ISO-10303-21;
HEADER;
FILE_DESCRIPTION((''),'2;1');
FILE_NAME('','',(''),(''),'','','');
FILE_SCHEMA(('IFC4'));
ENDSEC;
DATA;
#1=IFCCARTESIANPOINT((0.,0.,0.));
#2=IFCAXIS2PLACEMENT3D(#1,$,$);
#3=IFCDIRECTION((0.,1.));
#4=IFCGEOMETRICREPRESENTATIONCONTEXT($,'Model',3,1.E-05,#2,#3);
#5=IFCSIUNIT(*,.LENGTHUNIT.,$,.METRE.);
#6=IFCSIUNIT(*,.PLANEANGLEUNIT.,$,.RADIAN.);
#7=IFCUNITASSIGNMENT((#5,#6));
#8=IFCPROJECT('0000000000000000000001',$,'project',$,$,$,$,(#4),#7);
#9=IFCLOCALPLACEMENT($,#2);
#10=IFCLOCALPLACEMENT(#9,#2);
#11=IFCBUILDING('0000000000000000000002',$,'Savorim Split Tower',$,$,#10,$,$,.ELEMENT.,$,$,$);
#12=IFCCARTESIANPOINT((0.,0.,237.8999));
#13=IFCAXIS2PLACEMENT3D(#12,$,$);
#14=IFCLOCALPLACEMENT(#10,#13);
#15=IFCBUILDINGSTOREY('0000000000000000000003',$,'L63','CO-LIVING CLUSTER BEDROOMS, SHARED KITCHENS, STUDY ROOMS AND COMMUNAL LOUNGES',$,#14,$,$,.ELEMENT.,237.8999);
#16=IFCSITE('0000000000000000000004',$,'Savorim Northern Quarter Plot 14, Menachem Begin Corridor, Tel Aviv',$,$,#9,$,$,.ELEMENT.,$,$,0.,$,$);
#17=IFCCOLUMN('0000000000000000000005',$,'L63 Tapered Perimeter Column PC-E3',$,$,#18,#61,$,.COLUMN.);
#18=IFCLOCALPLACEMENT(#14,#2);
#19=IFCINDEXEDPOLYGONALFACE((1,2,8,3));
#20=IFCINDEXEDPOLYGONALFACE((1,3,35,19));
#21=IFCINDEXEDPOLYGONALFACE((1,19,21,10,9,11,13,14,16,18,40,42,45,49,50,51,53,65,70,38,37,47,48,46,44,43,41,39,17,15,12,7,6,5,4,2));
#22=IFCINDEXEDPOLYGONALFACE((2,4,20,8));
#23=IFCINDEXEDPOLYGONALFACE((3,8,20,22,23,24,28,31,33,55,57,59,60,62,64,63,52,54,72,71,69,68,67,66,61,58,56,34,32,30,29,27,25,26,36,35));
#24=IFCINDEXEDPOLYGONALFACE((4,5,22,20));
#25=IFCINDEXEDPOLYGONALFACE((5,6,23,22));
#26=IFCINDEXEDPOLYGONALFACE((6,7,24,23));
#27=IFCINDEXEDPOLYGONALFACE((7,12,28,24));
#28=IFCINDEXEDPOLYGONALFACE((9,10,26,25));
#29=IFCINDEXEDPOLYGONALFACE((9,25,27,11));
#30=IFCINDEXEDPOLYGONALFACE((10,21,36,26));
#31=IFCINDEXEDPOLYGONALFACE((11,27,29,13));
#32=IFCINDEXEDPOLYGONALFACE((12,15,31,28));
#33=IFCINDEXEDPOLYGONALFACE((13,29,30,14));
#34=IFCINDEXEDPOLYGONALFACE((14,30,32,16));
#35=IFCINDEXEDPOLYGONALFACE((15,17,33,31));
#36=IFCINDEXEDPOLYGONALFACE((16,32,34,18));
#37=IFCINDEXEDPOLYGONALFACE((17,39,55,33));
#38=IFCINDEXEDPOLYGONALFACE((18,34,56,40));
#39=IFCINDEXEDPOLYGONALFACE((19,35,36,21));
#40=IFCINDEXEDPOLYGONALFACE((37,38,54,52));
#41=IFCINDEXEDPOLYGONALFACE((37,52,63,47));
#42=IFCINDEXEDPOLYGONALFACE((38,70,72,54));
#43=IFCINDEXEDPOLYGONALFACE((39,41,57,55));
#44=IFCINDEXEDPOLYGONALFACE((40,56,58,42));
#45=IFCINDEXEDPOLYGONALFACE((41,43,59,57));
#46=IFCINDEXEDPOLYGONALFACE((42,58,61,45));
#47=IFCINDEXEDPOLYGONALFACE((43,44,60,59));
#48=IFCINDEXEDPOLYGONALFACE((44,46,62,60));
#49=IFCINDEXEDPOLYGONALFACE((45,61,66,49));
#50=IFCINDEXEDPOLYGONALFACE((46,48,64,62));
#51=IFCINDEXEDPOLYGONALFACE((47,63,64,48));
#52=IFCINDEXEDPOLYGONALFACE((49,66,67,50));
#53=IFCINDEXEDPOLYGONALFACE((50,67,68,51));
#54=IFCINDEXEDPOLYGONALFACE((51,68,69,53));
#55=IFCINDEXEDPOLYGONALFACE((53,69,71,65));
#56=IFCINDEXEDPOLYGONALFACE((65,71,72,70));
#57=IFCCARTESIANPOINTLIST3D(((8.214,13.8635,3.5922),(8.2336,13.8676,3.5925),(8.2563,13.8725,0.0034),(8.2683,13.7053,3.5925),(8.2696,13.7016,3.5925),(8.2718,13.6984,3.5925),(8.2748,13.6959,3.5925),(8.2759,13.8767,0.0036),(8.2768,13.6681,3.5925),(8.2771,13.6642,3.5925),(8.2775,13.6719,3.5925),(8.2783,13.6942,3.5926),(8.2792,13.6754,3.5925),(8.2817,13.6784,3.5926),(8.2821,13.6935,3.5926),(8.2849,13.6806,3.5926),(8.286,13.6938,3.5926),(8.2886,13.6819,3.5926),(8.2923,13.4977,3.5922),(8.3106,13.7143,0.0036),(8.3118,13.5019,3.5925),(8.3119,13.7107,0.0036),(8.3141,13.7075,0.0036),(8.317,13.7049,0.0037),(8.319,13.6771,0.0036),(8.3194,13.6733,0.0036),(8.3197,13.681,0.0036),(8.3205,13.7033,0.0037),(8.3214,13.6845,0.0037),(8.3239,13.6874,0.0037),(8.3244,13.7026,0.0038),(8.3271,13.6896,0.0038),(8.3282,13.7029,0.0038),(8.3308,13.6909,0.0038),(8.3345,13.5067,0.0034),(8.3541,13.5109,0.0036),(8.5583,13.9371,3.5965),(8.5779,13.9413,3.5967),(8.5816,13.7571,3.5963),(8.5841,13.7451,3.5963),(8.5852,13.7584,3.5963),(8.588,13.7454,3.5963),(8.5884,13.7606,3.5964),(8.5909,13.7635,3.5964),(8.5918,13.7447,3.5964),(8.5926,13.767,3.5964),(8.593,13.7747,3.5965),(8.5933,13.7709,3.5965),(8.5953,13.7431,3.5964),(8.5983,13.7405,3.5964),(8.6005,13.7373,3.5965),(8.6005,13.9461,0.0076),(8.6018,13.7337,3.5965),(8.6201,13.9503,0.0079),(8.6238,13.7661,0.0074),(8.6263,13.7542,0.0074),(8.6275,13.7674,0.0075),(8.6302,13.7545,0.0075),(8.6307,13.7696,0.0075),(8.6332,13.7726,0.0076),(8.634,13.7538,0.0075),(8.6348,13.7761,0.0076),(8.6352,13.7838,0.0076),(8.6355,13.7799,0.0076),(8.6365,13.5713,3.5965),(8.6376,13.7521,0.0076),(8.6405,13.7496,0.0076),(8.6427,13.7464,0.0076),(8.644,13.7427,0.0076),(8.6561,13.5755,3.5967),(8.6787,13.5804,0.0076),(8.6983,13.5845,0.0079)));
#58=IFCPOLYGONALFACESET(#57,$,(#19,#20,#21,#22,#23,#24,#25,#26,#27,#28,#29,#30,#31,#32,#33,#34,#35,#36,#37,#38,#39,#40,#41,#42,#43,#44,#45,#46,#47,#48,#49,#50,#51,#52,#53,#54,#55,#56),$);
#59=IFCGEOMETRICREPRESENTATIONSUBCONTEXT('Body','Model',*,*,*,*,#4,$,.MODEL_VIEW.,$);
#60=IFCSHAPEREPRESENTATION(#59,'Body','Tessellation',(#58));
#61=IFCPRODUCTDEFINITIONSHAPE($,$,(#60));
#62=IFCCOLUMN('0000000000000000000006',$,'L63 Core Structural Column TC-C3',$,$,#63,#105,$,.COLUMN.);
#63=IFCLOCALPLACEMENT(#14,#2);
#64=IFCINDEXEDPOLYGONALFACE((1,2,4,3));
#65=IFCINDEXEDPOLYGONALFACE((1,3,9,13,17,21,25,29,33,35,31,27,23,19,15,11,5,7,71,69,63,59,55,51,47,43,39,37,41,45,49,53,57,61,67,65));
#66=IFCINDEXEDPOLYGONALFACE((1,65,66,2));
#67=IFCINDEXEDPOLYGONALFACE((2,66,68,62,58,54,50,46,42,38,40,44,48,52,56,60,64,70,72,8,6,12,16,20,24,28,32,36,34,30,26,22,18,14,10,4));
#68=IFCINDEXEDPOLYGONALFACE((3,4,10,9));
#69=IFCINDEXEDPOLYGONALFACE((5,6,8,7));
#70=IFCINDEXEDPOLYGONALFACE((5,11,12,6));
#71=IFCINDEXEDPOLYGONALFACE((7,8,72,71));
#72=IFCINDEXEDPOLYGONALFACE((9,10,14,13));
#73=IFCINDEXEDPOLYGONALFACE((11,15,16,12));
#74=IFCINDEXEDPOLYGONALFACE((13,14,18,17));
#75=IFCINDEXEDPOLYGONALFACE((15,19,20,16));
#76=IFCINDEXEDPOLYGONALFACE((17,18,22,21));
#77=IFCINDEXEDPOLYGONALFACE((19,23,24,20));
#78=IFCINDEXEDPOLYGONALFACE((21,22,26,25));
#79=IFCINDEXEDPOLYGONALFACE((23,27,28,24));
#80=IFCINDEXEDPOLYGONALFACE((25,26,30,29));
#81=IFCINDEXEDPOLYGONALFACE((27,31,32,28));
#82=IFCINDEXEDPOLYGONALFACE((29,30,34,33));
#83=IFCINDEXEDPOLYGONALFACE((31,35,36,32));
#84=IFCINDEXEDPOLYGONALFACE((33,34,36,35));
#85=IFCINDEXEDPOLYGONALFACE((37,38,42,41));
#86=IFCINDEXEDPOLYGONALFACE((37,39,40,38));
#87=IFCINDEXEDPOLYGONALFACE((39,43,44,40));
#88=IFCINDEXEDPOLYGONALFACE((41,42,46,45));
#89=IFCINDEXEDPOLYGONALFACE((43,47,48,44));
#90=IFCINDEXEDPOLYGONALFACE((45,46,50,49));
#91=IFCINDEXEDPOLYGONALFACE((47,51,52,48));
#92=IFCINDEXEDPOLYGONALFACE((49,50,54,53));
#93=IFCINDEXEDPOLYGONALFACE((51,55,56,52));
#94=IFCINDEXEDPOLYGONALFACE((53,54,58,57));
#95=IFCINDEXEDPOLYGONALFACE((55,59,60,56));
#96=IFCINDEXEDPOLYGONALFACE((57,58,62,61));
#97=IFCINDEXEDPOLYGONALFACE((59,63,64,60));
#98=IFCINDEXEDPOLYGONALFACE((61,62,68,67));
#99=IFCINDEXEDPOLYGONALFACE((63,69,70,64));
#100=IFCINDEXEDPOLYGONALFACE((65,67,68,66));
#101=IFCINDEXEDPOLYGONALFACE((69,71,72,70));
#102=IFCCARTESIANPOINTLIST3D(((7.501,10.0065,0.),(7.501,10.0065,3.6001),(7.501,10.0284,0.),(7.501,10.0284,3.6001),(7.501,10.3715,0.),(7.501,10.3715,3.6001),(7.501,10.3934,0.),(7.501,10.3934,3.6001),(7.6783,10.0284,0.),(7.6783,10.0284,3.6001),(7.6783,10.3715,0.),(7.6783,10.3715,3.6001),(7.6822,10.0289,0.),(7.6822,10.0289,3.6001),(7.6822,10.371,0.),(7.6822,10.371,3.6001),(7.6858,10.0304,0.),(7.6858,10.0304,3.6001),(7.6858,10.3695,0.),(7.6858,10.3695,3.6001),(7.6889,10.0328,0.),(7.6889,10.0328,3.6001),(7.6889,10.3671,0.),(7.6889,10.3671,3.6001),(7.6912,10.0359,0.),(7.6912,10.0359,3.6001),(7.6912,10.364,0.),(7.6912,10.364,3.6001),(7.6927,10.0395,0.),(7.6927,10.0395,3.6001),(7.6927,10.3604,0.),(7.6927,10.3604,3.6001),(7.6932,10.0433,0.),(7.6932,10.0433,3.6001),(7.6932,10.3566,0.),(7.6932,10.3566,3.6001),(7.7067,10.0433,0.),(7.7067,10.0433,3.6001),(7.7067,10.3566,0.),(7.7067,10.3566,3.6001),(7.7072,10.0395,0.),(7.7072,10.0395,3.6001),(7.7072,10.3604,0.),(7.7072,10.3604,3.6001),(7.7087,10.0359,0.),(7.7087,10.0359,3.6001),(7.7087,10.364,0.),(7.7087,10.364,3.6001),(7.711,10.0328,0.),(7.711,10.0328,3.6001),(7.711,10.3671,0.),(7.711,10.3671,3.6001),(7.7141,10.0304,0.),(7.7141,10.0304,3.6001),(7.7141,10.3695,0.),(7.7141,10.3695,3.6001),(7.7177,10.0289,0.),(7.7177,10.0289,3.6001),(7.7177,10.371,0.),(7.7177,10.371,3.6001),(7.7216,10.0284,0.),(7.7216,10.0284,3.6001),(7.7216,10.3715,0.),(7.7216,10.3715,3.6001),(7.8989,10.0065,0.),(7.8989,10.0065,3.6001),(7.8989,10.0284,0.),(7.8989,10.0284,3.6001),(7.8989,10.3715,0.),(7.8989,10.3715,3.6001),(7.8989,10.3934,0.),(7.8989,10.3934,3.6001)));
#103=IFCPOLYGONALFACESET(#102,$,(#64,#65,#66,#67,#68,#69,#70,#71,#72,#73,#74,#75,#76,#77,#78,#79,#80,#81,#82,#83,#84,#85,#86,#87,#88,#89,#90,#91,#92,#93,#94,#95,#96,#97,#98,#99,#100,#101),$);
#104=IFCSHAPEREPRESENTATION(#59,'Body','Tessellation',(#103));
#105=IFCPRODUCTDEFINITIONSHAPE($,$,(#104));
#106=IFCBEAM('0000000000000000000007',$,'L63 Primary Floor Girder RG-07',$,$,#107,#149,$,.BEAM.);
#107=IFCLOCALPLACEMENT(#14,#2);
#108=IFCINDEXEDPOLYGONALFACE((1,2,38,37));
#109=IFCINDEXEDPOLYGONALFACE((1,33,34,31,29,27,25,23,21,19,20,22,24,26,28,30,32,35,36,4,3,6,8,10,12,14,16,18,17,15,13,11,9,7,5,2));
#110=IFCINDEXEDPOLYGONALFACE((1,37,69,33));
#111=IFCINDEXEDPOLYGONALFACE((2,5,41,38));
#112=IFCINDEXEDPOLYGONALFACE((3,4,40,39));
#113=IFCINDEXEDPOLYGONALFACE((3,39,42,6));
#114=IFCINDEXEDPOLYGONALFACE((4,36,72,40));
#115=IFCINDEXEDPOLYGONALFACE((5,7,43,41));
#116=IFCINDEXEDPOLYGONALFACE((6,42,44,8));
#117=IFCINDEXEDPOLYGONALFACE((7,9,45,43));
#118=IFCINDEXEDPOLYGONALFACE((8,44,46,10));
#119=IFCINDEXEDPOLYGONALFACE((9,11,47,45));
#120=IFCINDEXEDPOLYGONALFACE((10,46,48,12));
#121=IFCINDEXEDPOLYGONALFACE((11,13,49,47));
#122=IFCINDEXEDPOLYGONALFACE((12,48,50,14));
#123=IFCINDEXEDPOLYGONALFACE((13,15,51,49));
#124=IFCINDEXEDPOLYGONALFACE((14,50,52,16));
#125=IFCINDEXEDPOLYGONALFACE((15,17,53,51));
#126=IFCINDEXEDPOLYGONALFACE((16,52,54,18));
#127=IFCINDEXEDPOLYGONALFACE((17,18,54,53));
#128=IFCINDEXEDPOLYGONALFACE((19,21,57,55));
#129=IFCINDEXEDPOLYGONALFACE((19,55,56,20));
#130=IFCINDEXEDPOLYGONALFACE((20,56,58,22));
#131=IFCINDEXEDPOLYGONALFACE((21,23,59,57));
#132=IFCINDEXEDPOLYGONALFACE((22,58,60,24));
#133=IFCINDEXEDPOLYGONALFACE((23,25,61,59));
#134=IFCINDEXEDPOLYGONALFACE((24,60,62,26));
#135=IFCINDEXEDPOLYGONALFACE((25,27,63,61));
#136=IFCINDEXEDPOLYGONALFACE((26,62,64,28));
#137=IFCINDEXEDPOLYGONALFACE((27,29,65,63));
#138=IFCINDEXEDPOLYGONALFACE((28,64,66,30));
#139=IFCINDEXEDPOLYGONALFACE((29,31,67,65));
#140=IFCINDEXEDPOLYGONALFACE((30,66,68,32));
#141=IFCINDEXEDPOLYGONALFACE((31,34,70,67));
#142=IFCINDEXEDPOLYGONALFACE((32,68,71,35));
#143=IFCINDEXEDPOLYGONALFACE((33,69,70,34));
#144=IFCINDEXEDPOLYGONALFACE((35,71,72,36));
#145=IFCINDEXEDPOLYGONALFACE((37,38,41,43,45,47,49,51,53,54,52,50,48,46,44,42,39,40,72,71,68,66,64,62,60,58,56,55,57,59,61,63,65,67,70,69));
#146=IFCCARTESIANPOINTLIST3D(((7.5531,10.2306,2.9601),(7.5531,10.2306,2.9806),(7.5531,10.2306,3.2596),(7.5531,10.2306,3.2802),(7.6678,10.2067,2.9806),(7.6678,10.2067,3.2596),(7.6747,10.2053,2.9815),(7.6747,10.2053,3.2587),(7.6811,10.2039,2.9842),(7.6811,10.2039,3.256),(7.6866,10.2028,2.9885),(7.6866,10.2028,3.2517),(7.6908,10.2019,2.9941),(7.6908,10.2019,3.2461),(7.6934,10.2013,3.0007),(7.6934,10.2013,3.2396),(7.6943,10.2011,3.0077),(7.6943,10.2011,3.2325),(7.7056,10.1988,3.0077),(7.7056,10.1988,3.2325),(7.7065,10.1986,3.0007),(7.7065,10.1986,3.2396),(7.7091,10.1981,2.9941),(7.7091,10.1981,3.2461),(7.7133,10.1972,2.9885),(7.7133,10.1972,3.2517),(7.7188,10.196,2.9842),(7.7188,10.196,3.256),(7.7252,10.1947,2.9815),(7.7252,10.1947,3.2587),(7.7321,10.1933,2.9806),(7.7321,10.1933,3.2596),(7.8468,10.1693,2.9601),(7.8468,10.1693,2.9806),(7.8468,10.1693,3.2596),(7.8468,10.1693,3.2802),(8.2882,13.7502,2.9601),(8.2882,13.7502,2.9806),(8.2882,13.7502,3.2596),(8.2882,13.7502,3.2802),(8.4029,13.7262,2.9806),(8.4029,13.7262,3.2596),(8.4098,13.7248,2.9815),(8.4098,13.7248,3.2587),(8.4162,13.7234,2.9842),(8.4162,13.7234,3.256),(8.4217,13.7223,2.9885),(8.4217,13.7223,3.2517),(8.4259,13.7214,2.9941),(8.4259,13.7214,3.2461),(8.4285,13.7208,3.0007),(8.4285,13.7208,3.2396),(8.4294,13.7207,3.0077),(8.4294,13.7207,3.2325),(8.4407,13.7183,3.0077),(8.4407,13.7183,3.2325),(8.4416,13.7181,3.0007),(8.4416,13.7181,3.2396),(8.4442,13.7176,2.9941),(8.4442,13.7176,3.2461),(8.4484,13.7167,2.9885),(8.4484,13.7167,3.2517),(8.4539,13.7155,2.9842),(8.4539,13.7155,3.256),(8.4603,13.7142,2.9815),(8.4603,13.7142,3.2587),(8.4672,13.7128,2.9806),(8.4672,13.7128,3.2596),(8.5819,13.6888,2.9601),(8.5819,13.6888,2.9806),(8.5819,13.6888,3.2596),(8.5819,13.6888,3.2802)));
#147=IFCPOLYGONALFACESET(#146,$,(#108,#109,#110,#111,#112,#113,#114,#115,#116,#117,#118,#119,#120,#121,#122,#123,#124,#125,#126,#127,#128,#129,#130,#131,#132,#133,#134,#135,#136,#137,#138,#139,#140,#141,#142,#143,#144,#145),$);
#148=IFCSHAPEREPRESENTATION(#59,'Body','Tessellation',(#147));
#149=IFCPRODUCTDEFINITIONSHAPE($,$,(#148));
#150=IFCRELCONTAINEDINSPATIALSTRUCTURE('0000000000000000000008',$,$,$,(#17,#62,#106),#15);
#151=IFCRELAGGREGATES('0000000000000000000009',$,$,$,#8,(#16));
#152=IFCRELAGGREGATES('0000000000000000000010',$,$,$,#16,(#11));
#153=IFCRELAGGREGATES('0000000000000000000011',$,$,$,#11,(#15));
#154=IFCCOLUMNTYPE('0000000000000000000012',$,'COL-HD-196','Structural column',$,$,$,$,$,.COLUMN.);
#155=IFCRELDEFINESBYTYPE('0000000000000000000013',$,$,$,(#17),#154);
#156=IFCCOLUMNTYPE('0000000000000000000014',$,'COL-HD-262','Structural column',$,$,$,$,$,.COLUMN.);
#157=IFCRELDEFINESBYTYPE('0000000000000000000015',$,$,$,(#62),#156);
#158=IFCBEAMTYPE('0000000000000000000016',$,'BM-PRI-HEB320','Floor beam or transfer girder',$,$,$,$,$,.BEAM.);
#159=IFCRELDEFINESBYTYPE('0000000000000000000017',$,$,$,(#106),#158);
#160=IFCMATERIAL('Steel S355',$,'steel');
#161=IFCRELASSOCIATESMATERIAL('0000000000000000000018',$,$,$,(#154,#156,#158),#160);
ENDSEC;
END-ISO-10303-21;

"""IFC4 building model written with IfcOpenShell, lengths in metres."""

from ifc_helpers import new_model, si_unit, direction, frame, origin, origin_2d, place, context, subcontext, project, spatial, i_section, extrude, material, material_profile, profile_set, type_object, element, save


model = new_model("IFC4")

# Units and contexts
model_context = context("Model", 3, precision=1e-05, world=origin(), true_north=direction((0.0, 1.0)))
body_context = subcontext(model_context, "Body", "Model", "MODEL_VIEW")
ifc_project = project(units=[si_unit("LENGTHUNIT", "METRE"), si_unit("PLANEANGLEUNIT", "RADIAN")], contexts=[model_context])

# Site, building, storey
site_placement = place(None, origin())
site = spatial("IfcSite", under=ifc_project, at=site_placement, Name="Savorim Northern Quarter Plot 14, Menachem Begin Corridor, Tel Aviv", CompositionType="ELEMENT", RefElevation=0.0)
building_placement = place(site_placement, origin())
building = spatial("IfcBuilding", under=site, at=building_placement, Name="Savorim Split Tower", CompositionType="ELEMENT")
storey_placement = place(building_placement, frame((0.0, 0.0, 237.8999)))
storey = spatial("IfcBuildingStorey", under=building, at=storey_placement, Name="L63", Description="CO-LIVING CLUSTER BEDROOMS, SHARED KITCHENS, STUDY ROOMS AND COMMUNAL LOUNGES", CompositionType="ELEMENT", Elevation=237.8999)

# Columns
ifc_material_1 = material(Name="Steel S355", Category="steel")
ifc_material_profile_1 = material_profile(ifc_material_1, i_section(OverallWidth=0.374, OverallDepth=0.3721, WebThickness=0.0122, FlangeThickness=0.02, FilletRadius=0.0149, at=origin_2d()), Name="HD 360x196")
ifc_profile_set_1 = profile_set([ifc_material_profile_1], Name="Steel S355")
column_type_1 = type_object("IfcColumnType", Name="COL-HD-196", Description="Structural column", PredefinedType="COLUMN", material=ifc_profile_set_1)
column_1_placement = place(storey_placement, frame((8.4773, 13.7285, 0.0056), z_axis=(-0.011768, -0.002517, 0.999928), x_axis=(0.209143, -0.977885, 0.0)))
element("IfcColumn", 1, at=column_1_placement, inside=storey, type_object=column_type_1, Name="L63 Tapered Perimeter Column PC-E3", PredefinedType="COLUMN", context=body_context, shape_type="SweptSolid", body=[
    extrude(i_section(OverallWidth=0.374, OverallDepth=0.3721, WebThickness=0.0122, FlangeThickness=0.02, FilletRadius=0.0149, at=origin_2d()), origin(), (0.0, 0.0, 1.0), 3.5891),
])
ifc_material_profile_2 = material_profile(ifc_material_1, i_section(OverallWidth=0.3979, OverallDepth=0.387, WebThickness=0.0134, FlangeThickness=0.022, FilletRadius=0.0149, at=origin_2d()), Name="HD 400x262")
ifc_profile_set_2 = profile_set([ifc_material_profile_2], Name="Steel S355")
column_type_2 = type_object("IfcColumnType", Name="COL-HD-262", Description="Structural column", PredefinedType="COLUMN", material=ifc_profile_set_2)
column_2_placement = place(storey_placement, frame((7.7, 10.2, 0.0), z_axis=(0.0, 0.0, 1.0), x_axis=(1.0, 0.0, 0.0)))
element("IfcColumn", 2, at=column_2_placement, inside=storey, type_object=column_type_2, Name="L63 Core Structural Column TC-C3", PredefinedType="COLUMN", context=body_context, shape_type="SweptSolid", body=[
    extrude(i_section(OverallWidth=0.3979, OverallDepth=0.387, WebThickness=0.0134, FlangeThickness=0.022, FilletRadius=0.0149, at=origin_2d()), origin(), (0.0, 0.0, 1.0), 3.6001),
])

# Beam
ifc_material_profile_3 = material_profile(ifc_material_1, i_section(OverallWidth=0.3, OverallDepth=0.3201, WebThickness=0.0115, FlangeThickness=0.0205, FilletRadius=0.0271, at=origin_2d()), Name="HEB 320")
ifc_profile_set_3 = profile_set([ifc_material_profile_3], Name="Steel S355")
beam_type_1 = type_object("IfcBeamType", Name="BM-PRI-HEB320", Description="Floor beam or transfer girder", PredefinedType="BEAM", material=ifc_profile_set_3)
beam_1_placement = place(storey_placement, frame((8.4351, 13.7195, 3.1201), z_axis=(-0.204453, -0.978876, 0.0), x_axis=(0.978876, -0.204453, 0.0)))
element("IfcBeam", 3, at=beam_1_placement, inside=storey, type_object=beam_type_1, Name="L63 Primary Floor Girder RG-07", PredefinedType="BEAM", context=body_context, shape_type="SweptSolid", body=[
    extrude(i_section(OverallWidth=0.3, OverallDepth=0.3201, WebThickness=0.0115, FlangeThickness=0.0205, FilletRadius=0.0271, at=origin_2d()), origin(), (0.0, 0.0, 1.0), 3.5955),
])

save(model, "model.ifc")
